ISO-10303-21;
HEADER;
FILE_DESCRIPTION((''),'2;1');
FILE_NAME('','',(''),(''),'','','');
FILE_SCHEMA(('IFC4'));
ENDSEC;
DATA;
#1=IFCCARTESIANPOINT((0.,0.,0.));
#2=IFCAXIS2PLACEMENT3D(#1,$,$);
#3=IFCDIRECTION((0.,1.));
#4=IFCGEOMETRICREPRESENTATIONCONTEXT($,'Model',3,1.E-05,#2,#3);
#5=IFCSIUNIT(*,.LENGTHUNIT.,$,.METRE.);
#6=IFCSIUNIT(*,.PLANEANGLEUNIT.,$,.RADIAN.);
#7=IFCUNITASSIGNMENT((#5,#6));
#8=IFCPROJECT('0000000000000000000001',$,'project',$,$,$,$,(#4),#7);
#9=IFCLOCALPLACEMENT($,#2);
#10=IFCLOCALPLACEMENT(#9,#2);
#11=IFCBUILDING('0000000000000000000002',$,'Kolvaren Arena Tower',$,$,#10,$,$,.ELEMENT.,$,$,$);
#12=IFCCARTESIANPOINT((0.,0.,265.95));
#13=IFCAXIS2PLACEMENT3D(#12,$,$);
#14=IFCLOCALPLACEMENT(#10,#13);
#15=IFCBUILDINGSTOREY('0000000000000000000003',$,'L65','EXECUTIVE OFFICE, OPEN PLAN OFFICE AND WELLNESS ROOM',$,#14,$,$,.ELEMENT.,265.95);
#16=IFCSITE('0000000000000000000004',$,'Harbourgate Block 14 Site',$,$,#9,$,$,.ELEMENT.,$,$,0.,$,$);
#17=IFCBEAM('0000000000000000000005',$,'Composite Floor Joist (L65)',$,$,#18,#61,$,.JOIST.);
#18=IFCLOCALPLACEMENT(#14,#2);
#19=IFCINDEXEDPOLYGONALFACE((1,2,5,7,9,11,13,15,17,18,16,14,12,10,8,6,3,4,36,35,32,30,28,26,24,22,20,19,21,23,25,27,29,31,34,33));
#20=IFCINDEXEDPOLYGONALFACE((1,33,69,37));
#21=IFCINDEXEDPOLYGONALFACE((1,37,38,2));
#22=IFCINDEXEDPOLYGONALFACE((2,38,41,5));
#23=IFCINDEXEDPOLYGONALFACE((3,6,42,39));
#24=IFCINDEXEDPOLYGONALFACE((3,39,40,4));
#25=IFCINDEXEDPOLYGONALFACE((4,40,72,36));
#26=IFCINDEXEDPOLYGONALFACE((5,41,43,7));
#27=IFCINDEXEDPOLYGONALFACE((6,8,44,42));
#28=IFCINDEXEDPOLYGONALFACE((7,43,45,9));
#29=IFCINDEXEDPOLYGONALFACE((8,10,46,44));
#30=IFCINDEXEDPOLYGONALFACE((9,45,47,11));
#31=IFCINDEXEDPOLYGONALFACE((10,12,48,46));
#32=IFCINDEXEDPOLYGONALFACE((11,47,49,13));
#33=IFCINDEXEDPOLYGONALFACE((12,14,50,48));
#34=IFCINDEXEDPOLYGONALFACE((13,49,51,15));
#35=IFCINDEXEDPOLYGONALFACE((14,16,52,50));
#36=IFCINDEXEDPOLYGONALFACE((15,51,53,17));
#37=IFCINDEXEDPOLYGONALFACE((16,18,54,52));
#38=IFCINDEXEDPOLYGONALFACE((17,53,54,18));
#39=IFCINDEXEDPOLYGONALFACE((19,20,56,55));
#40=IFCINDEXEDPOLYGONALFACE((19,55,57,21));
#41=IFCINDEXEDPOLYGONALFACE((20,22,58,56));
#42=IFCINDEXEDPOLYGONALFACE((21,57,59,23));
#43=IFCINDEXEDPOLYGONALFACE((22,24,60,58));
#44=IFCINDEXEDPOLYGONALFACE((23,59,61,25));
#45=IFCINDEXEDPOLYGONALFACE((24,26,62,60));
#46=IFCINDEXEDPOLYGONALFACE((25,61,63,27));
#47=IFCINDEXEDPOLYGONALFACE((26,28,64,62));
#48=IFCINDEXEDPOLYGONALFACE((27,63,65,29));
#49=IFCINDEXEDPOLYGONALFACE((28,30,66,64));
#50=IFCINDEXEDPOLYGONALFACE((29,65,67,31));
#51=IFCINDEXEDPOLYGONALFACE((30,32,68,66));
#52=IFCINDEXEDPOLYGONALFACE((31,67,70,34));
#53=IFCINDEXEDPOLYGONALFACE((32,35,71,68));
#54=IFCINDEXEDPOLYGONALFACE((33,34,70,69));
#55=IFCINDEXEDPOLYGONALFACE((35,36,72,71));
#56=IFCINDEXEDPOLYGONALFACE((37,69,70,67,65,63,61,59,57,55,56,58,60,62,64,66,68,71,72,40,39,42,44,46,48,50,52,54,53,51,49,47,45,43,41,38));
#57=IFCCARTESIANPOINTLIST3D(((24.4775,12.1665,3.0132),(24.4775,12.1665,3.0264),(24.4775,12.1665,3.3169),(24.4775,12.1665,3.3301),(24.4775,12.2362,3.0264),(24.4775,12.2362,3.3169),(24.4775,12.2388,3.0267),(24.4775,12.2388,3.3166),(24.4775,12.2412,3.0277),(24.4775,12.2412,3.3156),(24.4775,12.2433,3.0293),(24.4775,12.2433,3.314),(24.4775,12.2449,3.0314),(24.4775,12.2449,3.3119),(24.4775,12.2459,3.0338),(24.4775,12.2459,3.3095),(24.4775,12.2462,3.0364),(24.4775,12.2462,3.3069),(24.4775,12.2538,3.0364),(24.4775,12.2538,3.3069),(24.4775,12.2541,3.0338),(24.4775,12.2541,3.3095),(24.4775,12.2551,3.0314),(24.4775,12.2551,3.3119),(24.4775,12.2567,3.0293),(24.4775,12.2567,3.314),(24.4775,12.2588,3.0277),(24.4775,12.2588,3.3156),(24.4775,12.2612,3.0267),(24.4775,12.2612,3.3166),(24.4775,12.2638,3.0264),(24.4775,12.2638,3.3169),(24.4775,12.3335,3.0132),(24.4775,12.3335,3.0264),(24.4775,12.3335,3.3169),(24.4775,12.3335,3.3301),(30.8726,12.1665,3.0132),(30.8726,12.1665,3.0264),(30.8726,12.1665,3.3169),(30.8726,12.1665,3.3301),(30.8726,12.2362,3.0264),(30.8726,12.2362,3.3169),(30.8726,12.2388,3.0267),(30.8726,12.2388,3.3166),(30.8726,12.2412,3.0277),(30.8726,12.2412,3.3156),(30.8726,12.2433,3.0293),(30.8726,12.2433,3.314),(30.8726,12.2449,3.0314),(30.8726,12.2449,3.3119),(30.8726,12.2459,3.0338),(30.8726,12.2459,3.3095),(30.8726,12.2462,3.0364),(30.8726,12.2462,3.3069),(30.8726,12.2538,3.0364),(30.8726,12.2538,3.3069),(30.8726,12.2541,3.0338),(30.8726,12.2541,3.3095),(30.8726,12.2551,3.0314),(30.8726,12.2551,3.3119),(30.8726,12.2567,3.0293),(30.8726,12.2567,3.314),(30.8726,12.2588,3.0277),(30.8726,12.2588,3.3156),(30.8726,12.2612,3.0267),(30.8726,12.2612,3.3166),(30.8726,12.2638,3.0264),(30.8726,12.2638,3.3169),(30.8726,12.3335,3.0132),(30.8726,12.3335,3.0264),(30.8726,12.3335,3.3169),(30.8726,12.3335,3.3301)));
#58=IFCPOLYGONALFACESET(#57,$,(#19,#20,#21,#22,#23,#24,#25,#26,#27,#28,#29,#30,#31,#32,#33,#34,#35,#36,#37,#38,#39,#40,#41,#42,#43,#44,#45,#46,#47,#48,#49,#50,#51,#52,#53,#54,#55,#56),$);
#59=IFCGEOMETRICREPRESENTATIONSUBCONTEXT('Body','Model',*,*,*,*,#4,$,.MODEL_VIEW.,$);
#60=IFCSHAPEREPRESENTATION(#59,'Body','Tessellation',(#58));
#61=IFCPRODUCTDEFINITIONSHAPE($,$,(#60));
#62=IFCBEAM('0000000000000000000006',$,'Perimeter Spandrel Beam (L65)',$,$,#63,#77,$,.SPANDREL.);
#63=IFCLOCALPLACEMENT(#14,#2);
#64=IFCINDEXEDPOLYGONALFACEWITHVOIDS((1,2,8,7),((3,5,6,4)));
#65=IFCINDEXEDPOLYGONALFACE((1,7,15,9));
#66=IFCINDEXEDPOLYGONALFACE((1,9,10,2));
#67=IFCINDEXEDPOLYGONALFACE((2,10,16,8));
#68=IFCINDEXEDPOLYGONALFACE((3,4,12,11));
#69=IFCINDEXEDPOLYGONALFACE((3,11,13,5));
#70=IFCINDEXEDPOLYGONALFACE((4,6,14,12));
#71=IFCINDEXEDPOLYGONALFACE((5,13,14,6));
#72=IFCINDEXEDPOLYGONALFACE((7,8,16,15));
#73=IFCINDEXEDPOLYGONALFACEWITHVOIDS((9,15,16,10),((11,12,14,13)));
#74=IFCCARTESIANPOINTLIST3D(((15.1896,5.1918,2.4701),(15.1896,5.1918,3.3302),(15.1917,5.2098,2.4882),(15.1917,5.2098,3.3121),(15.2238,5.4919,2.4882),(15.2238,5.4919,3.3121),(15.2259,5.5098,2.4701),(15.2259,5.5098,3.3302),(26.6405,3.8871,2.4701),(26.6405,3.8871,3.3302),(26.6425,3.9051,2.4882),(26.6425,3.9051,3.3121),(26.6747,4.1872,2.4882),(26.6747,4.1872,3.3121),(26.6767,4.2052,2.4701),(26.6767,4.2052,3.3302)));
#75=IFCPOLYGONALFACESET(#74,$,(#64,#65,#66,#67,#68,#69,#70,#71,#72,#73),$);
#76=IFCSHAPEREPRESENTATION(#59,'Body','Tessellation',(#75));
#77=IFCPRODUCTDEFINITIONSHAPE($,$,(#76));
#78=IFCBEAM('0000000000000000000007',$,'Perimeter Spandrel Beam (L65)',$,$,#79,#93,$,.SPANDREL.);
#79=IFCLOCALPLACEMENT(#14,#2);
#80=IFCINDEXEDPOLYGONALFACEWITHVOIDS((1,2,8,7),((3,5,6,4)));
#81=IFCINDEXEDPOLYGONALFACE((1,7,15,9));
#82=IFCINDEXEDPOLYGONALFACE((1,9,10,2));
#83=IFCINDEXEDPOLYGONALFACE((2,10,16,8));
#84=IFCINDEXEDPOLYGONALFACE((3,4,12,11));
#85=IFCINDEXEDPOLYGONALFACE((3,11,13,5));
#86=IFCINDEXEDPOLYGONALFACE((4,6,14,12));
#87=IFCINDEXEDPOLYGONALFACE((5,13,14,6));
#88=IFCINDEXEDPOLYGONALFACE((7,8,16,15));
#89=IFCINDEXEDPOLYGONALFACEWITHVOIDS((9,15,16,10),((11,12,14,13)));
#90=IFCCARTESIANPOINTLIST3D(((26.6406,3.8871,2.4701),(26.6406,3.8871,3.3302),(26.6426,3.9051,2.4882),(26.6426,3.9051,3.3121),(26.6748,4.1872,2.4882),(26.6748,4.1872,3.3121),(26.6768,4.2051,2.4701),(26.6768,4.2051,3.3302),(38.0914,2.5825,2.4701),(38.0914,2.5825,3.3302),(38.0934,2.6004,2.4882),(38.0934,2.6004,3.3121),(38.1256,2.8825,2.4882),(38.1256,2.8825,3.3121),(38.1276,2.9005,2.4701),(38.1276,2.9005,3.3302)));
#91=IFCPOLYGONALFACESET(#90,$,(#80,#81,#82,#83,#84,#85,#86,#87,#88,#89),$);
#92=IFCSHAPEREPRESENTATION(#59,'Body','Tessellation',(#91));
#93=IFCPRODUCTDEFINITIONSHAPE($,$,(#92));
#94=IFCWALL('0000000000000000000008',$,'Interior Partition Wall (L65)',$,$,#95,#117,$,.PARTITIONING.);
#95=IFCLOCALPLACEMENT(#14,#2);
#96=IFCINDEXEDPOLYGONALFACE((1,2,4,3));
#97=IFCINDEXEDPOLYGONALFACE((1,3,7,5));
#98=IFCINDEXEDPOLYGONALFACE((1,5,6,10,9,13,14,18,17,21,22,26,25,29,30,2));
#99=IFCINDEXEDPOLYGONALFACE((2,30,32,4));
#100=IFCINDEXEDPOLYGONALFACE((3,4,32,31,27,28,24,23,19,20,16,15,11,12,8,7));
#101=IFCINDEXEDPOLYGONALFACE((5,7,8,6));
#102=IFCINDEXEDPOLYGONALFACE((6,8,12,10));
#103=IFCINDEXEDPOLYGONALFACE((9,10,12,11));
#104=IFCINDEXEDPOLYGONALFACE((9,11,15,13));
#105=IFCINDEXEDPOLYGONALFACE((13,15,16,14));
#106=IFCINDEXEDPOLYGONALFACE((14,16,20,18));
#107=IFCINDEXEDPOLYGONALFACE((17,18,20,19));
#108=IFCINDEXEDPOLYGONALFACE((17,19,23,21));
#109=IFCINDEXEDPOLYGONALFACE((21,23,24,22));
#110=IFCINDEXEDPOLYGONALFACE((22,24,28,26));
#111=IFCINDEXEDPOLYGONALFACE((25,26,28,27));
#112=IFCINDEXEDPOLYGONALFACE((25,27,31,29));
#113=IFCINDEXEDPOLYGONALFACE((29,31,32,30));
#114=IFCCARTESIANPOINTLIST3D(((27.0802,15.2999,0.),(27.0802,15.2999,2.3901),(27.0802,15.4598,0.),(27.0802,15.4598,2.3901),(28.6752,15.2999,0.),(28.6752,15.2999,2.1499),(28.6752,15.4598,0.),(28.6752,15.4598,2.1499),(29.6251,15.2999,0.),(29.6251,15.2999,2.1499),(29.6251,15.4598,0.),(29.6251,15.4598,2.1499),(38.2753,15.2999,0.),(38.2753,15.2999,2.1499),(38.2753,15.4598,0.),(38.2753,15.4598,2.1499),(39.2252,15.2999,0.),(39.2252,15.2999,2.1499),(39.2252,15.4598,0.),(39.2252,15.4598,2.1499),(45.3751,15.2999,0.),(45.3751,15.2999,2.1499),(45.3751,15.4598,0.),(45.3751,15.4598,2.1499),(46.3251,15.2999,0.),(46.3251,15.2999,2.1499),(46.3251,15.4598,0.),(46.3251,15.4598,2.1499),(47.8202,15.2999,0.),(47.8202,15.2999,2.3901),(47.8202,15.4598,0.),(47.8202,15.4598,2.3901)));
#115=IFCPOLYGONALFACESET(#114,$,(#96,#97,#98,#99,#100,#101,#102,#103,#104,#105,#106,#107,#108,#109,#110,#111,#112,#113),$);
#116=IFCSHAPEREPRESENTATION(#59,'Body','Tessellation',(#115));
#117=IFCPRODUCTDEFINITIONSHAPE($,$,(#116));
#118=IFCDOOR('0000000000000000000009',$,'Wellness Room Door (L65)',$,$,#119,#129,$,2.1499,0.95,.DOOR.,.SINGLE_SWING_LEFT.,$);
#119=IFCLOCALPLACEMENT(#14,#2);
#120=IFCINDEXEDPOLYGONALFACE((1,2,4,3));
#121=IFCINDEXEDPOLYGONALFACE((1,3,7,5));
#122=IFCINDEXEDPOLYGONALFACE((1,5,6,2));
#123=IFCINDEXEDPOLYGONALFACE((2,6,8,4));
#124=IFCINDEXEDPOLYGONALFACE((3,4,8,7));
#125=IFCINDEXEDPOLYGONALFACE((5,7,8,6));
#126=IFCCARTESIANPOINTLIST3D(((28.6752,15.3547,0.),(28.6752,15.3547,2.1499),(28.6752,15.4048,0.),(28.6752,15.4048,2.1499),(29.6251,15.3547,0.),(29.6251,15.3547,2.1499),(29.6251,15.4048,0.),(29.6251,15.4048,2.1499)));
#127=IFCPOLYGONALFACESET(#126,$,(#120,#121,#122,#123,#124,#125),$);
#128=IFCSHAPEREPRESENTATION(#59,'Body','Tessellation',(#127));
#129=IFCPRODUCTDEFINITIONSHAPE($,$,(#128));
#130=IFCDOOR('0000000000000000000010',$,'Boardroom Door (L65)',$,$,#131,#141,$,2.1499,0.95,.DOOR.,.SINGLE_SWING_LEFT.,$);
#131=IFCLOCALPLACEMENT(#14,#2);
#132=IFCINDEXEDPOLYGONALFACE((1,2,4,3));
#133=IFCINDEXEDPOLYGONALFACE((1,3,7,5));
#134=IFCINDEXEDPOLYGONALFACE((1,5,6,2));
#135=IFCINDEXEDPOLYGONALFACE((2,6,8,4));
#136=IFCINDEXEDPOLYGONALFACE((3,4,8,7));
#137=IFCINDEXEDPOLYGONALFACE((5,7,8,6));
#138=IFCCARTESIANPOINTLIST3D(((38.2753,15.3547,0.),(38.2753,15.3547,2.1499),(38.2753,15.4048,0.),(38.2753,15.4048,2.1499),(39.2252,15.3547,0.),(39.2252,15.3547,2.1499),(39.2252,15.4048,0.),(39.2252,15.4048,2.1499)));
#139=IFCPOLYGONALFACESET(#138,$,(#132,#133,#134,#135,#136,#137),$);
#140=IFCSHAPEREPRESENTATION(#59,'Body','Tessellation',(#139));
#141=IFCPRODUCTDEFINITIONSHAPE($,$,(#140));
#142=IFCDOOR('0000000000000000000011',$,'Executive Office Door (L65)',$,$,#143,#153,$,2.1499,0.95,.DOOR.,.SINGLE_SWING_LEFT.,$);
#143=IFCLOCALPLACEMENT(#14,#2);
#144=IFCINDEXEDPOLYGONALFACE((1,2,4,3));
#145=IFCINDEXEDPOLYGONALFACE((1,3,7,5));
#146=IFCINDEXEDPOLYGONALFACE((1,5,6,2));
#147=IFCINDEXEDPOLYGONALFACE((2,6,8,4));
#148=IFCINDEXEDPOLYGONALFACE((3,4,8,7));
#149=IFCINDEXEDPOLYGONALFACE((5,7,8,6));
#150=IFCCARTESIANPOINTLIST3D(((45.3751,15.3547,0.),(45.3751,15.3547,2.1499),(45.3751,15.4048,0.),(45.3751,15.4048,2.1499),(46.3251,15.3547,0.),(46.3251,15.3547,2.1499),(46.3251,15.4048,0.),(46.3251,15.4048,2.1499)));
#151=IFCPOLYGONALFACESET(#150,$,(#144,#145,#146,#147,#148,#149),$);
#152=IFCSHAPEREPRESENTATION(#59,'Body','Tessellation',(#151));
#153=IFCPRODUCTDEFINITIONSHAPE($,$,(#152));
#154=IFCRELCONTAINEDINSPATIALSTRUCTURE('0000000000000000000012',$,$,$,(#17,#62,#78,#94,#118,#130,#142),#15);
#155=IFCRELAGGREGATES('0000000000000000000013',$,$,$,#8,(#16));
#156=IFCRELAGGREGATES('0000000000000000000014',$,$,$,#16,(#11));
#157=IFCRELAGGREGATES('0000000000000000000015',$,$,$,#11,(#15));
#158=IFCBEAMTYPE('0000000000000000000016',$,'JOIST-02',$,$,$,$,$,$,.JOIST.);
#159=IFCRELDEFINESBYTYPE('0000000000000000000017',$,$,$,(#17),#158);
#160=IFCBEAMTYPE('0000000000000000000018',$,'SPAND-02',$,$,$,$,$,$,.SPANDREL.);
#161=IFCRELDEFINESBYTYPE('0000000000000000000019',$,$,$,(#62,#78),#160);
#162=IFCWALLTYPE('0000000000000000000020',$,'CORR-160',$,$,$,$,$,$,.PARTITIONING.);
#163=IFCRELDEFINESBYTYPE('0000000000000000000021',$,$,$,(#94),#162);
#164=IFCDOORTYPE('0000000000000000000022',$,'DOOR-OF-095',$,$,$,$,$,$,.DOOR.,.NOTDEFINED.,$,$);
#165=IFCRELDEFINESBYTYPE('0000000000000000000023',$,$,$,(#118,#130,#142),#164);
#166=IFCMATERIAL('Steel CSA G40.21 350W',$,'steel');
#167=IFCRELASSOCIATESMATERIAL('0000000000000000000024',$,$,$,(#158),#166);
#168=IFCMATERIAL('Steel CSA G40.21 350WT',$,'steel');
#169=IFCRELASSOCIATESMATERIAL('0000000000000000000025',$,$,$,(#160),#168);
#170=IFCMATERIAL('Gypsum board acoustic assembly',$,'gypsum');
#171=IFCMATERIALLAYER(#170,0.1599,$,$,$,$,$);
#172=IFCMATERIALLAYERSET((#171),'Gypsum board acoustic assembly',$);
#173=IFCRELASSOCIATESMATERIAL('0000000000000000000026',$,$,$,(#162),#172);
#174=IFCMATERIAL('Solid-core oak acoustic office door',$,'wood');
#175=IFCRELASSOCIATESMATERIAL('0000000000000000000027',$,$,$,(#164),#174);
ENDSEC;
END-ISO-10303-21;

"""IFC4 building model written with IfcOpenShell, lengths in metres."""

from ifc_helpers import new_model, si_unit, direction, frame, frame_2d, origin, origin_2d, place, context, subcontext, project, spatial, rectangle, hollow_rectangle, i_section, extrude, material, layer, layer_set, material_profile, profile_set, type_object, element, fill, save


model = new_model("IFC4")

# Units and contexts
model_context = context("Model", 3, precision=1e-05, world=origin(), true_north=direction((0.0, 1.0)))
body_context = subcontext(model_context, "Body", "Model", "MODEL_VIEW")
ifc_project = project(units=[si_unit("LENGTHUNIT", "METRE"), si_unit("PLANEANGLEUNIT", "RADIAN")], contexts=[model_context])

# Site, building, storey
site_placement = place(None, origin())
site = spatial("IfcSite", under=ifc_project, at=site_placement, Name="Harbourgate Block 14 Site", CompositionType="ELEMENT", RefElevation=0.0)
building_placement = place(site_placement, origin())
building = spatial("IfcBuilding", under=site, at=building_placement, Name="Kolvaren Arena Tower", CompositionType="ELEMENT")
storey_placement = place(building_placement, frame((0.0, 0.0, 265.95)))
storey = spatial("IfcBuildingStorey", under=building, at=storey_placement, Name="L65", Description="EXECUTIVE OFFICE, OPEN PLAN OFFICE AND WELLNESS ROOM", CompositionType="ELEMENT", Elevation=265.95)

# Beams
ifc_material_1 = material(Name="Steel CSA G40.21 350W", Category="steel")
ifc_material_profile_1 = material_profile(ifc_material_1, i_section(OverallWidth=0.167, OverallDepth=0.3169, WebThickness=0.0076, FlangeThickness=0.0132, FilletRadius=0.01, at=origin_2d()), Name="W310x52")
ifc_profile_set_1 = profile_set([ifc_material_profile_1], Name="Steel CSA G40.21 350W")
beam_type_1 = type_object("IfcBeamType", Name="JOIST-02", PredefinedType="JOIST", material=ifc_profile_set_1)
for number, where, z_axis, x_axis, name in (
    (1, (24.4775, 12.25, 3.1716), (1.0, 0.0, 0.0), (0.0, 1.0, 0.0), "Composite Floor Joist (L65)"),
):
    element("IfcBeam", number, at=place(storey_placement, frame(where, z_axis=z_axis, x_axis=x_axis)), inside=storey, type_object=beam_type_1, Name=name, PredefinedType="JOIST", context=body_context, shape_type="SweptSolid", body=[
        extrude(i_section(OverallWidth=0.167, OverallDepth=0.3169, WebThickness=0.0076, FlangeThickness=0.0132, FilletRadius=0.01, at=origin_2d()), origin(), (0.0, 0.0, 1.0), 6.395),
    ])
ifc_material_2 = material(Name="Steel CSA G40.21 350WT", Category="steel")
ifc_material_profile_2 = material_profile(ifc_material_2, hollow_rectangle(XDim=0.3201, YDim=0.8601, WallThickness=0.0181, at=origin_2d()), Name="HSS 860x320x18")
ifc_profile_set_2 = profile_set([ifc_material_profile_2], Name="Steel CSA G40.21 350WT")
beam_type_2 = type_object("IfcBeamType", Name="SPAND-02", PredefinedType="SPANDREL", material=ifc_profile_set_2)
for number, where, z_axis, x_axis, name in (
    (2, (15.2078, 5.3508, 2.9001), (0.993572, -0.113205, 0.0), (0.113205, 0.993572, 0.0), "Perimeter Spandrel Beam (L65)"),
    (3, (26.6587, 4.0461, 2.9001), (0.993572, -0.113205, 0.0), (0.113205, 0.993572, 0.0), "Perimeter Spandrel Beam (L65)"),
):
    element("IfcBeam", number, at=place(storey_placement, frame(where, z_axis=z_axis, x_axis=x_axis)), inside=storey, type_object=beam_type_2, Name=name, PredefinedType="SPANDREL", context=body_context, shape_type="SweptSolid", body=[
        extrude(hollow_rectangle(XDim=0.3201, YDim=0.8601, WallThickness=0.0181, at=origin_2d()), origin(), (0.0, 0.0, 1.0), 11.5249),
    ])

# Wall, openings, doors
ifc_material_3 = material(Name="Gypsum board acoustic assembly", Category="gypsum")
ifc_layer_1 = layer(ifc_material_3, 0.1599)
ifc_layer_set_1 = layer_set([ifc_layer_1], Name="Gypsum board acoustic assembly")
wall_type_1 = type_object("IfcWallType", Name="CORR-160", PredefinedType="PARTITIONING", material=ifc_layer_set_1)
wall_1_placement = place(storey_placement, frame((27.0801, 15.3799, 0.0), z_axis=(0.0, 0.0, 1.0), x_axis=(1.0, 0.0, 0.0)))
wall_1 = element("IfcWall", 4, at=wall_1_placement, inside=storey, type_object=wall_type_1, Name="Interior Partition Wall (L65)", PredefinedType="PARTITIONING", context=body_context, shape_type="SweptSolid", body=[
    extrude(rectangle(XDim=20.74, YDim=0.1599, at=frame_2d((10.3701, 0.0))), origin(), (0.0, 0.0, 1.0), 2.3901),
])
opening_1_placement = place(wall_1_placement, frame((1.595, 0.0, 0.0)))
opening_1 = element("IfcOpeningElement", 5, at=opening_1_placement, cuts=wall_1, PredefinedType="OPENING", context=body_context, shape_type="SweptSolid", body=[
    extrude(rectangle(XDim=0.95, YDim=2.1499, at=frame_2d((0.4751, 1.075))), frame((0.0, 0.0898, 0.0), z_axis=(0.0, -1.0, 0.0), x_axis=(1.0, 0.0, 0.0)), (0.0, 0.0, 1.0), 0.1799),
])
opening_2_placement = place(wall_1_placement, frame((11.1951, 0.0, 0.0)))
opening_2 = element("IfcOpeningElement", 6, at=opening_2_placement, cuts=wall_1, PredefinedType="OPENING", context=body_context, shape_type="SweptSolid", body=[
    extrude(rectangle(XDim=0.95, YDim=2.1499, at=frame_2d((0.4751, 1.075))), frame((0.0, 0.0898, 0.0), z_axis=(0.0, -1.0, 0.0), x_axis=(1.0, 0.0, 0.0)), (0.0, 0.0, 1.0), 0.1799),
])
opening_3_placement = place(wall_1_placement, frame((18.2949, 0.0, 0.0)))
opening_3 = element("IfcOpeningElement", 7, at=opening_3_placement, cuts=wall_1, PredefinedType="OPENING", context=body_context, shape_type="SweptSolid", body=[
    extrude(rectangle(XDim=0.95, YDim=2.1499, at=frame_2d((0.4751, 1.075))), frame((0.0, 0.0898, 0.0), z_axis=(0.0, -1.0, 0.0), x_axis=(1.0, 0.0, 0.0)), (0.0, 0.0, 1.0), 0.1799),
])
ifc_material_4 = material(Name="Solid-core oak acoustic office door", Category="wood")
door_type_1 = type_object("IfcDoorType", Name="DOOR-OF-095", OperationType="NOTDEFINED", PredefinedType="DOOR", material=ifc_material_4)
door_1_placement = place(opening_1_placement, origin())
door_1 = element("IfcDoor", 8, at=door_1_placement, inside=storey, type_object=door_type_1, Name="Wellness Room Door (L65)", OperationType="SINGLE_SWING_LEFT", OverallHeight=2.1499, OverallWidth=0.95, PredefinedType="DOOR", context=body_context, shape_type="SweptSolid", body=[
    extrude(rectangle(XDim=0.95, YDim=2.1499, at=frame_2d((0.4751, 1.075))), frame((0.0, 0.0249, 0.0), z_axis=(0.0, -1.0, 0.0), x_axis=(1.0, 0.0, 0.0)), (0.0, 0.0, 1.0), 0.05),
])
fill(opening_1, door_1)
door_2_placement = place(opening_2_placement, origin())
door_2 = element("IfcDoor", 9, at=door_2_placement, inside=storey, type_object=door_type_1, Name="Boardroom Door (L65)", OperationType="SINGLE_SWING_LEFT", OverallHeight=2.1499, OverallWidth=0.95, PredefinedType="DOOR", context=body_context, shape_type="SweptSolid", body=[
    extrude(rectangle(XDim=0.95, YDim=2.1499, at=frame_2d((0.4751, 1.075))), frame((0.0, 0.0249, 0.0), z_axis=(0.0, -1.0, 0.0), x_axis=(1.0, 0.0, 0.0)), (0.0, 0.0, 1.0), 0.05),
])
fill(opening_2, door_2)
door_3_placement = place(opening_3_placement, origin())
door_3 = element("IfcDoor", 10, at=door_3_placement, inside=storey, type_object=door_type_1, Name="Executive Office Door (L65)", OperationType="SINGLE_SWING_LEFT", OverallHeight=2.1499, OverallWidth=0.95, PredefinedType="DOOR", context=body_context, shape_type="SweptSolid", body=[
    extrude(rectangle(XDim=0.95, YDim=2.1499, at=frame_2d((0.4751, 1.075))), frame((0.0, 0.0249, 0.0), z_axis=(0.0, -1.0, 0.0), x_axis=(1.0, 0.0, 0.0)), (0.0, 0.0, 1.0), 0.05),
])
fill(opening_3, door_3)

save(model, "model.ifc")
